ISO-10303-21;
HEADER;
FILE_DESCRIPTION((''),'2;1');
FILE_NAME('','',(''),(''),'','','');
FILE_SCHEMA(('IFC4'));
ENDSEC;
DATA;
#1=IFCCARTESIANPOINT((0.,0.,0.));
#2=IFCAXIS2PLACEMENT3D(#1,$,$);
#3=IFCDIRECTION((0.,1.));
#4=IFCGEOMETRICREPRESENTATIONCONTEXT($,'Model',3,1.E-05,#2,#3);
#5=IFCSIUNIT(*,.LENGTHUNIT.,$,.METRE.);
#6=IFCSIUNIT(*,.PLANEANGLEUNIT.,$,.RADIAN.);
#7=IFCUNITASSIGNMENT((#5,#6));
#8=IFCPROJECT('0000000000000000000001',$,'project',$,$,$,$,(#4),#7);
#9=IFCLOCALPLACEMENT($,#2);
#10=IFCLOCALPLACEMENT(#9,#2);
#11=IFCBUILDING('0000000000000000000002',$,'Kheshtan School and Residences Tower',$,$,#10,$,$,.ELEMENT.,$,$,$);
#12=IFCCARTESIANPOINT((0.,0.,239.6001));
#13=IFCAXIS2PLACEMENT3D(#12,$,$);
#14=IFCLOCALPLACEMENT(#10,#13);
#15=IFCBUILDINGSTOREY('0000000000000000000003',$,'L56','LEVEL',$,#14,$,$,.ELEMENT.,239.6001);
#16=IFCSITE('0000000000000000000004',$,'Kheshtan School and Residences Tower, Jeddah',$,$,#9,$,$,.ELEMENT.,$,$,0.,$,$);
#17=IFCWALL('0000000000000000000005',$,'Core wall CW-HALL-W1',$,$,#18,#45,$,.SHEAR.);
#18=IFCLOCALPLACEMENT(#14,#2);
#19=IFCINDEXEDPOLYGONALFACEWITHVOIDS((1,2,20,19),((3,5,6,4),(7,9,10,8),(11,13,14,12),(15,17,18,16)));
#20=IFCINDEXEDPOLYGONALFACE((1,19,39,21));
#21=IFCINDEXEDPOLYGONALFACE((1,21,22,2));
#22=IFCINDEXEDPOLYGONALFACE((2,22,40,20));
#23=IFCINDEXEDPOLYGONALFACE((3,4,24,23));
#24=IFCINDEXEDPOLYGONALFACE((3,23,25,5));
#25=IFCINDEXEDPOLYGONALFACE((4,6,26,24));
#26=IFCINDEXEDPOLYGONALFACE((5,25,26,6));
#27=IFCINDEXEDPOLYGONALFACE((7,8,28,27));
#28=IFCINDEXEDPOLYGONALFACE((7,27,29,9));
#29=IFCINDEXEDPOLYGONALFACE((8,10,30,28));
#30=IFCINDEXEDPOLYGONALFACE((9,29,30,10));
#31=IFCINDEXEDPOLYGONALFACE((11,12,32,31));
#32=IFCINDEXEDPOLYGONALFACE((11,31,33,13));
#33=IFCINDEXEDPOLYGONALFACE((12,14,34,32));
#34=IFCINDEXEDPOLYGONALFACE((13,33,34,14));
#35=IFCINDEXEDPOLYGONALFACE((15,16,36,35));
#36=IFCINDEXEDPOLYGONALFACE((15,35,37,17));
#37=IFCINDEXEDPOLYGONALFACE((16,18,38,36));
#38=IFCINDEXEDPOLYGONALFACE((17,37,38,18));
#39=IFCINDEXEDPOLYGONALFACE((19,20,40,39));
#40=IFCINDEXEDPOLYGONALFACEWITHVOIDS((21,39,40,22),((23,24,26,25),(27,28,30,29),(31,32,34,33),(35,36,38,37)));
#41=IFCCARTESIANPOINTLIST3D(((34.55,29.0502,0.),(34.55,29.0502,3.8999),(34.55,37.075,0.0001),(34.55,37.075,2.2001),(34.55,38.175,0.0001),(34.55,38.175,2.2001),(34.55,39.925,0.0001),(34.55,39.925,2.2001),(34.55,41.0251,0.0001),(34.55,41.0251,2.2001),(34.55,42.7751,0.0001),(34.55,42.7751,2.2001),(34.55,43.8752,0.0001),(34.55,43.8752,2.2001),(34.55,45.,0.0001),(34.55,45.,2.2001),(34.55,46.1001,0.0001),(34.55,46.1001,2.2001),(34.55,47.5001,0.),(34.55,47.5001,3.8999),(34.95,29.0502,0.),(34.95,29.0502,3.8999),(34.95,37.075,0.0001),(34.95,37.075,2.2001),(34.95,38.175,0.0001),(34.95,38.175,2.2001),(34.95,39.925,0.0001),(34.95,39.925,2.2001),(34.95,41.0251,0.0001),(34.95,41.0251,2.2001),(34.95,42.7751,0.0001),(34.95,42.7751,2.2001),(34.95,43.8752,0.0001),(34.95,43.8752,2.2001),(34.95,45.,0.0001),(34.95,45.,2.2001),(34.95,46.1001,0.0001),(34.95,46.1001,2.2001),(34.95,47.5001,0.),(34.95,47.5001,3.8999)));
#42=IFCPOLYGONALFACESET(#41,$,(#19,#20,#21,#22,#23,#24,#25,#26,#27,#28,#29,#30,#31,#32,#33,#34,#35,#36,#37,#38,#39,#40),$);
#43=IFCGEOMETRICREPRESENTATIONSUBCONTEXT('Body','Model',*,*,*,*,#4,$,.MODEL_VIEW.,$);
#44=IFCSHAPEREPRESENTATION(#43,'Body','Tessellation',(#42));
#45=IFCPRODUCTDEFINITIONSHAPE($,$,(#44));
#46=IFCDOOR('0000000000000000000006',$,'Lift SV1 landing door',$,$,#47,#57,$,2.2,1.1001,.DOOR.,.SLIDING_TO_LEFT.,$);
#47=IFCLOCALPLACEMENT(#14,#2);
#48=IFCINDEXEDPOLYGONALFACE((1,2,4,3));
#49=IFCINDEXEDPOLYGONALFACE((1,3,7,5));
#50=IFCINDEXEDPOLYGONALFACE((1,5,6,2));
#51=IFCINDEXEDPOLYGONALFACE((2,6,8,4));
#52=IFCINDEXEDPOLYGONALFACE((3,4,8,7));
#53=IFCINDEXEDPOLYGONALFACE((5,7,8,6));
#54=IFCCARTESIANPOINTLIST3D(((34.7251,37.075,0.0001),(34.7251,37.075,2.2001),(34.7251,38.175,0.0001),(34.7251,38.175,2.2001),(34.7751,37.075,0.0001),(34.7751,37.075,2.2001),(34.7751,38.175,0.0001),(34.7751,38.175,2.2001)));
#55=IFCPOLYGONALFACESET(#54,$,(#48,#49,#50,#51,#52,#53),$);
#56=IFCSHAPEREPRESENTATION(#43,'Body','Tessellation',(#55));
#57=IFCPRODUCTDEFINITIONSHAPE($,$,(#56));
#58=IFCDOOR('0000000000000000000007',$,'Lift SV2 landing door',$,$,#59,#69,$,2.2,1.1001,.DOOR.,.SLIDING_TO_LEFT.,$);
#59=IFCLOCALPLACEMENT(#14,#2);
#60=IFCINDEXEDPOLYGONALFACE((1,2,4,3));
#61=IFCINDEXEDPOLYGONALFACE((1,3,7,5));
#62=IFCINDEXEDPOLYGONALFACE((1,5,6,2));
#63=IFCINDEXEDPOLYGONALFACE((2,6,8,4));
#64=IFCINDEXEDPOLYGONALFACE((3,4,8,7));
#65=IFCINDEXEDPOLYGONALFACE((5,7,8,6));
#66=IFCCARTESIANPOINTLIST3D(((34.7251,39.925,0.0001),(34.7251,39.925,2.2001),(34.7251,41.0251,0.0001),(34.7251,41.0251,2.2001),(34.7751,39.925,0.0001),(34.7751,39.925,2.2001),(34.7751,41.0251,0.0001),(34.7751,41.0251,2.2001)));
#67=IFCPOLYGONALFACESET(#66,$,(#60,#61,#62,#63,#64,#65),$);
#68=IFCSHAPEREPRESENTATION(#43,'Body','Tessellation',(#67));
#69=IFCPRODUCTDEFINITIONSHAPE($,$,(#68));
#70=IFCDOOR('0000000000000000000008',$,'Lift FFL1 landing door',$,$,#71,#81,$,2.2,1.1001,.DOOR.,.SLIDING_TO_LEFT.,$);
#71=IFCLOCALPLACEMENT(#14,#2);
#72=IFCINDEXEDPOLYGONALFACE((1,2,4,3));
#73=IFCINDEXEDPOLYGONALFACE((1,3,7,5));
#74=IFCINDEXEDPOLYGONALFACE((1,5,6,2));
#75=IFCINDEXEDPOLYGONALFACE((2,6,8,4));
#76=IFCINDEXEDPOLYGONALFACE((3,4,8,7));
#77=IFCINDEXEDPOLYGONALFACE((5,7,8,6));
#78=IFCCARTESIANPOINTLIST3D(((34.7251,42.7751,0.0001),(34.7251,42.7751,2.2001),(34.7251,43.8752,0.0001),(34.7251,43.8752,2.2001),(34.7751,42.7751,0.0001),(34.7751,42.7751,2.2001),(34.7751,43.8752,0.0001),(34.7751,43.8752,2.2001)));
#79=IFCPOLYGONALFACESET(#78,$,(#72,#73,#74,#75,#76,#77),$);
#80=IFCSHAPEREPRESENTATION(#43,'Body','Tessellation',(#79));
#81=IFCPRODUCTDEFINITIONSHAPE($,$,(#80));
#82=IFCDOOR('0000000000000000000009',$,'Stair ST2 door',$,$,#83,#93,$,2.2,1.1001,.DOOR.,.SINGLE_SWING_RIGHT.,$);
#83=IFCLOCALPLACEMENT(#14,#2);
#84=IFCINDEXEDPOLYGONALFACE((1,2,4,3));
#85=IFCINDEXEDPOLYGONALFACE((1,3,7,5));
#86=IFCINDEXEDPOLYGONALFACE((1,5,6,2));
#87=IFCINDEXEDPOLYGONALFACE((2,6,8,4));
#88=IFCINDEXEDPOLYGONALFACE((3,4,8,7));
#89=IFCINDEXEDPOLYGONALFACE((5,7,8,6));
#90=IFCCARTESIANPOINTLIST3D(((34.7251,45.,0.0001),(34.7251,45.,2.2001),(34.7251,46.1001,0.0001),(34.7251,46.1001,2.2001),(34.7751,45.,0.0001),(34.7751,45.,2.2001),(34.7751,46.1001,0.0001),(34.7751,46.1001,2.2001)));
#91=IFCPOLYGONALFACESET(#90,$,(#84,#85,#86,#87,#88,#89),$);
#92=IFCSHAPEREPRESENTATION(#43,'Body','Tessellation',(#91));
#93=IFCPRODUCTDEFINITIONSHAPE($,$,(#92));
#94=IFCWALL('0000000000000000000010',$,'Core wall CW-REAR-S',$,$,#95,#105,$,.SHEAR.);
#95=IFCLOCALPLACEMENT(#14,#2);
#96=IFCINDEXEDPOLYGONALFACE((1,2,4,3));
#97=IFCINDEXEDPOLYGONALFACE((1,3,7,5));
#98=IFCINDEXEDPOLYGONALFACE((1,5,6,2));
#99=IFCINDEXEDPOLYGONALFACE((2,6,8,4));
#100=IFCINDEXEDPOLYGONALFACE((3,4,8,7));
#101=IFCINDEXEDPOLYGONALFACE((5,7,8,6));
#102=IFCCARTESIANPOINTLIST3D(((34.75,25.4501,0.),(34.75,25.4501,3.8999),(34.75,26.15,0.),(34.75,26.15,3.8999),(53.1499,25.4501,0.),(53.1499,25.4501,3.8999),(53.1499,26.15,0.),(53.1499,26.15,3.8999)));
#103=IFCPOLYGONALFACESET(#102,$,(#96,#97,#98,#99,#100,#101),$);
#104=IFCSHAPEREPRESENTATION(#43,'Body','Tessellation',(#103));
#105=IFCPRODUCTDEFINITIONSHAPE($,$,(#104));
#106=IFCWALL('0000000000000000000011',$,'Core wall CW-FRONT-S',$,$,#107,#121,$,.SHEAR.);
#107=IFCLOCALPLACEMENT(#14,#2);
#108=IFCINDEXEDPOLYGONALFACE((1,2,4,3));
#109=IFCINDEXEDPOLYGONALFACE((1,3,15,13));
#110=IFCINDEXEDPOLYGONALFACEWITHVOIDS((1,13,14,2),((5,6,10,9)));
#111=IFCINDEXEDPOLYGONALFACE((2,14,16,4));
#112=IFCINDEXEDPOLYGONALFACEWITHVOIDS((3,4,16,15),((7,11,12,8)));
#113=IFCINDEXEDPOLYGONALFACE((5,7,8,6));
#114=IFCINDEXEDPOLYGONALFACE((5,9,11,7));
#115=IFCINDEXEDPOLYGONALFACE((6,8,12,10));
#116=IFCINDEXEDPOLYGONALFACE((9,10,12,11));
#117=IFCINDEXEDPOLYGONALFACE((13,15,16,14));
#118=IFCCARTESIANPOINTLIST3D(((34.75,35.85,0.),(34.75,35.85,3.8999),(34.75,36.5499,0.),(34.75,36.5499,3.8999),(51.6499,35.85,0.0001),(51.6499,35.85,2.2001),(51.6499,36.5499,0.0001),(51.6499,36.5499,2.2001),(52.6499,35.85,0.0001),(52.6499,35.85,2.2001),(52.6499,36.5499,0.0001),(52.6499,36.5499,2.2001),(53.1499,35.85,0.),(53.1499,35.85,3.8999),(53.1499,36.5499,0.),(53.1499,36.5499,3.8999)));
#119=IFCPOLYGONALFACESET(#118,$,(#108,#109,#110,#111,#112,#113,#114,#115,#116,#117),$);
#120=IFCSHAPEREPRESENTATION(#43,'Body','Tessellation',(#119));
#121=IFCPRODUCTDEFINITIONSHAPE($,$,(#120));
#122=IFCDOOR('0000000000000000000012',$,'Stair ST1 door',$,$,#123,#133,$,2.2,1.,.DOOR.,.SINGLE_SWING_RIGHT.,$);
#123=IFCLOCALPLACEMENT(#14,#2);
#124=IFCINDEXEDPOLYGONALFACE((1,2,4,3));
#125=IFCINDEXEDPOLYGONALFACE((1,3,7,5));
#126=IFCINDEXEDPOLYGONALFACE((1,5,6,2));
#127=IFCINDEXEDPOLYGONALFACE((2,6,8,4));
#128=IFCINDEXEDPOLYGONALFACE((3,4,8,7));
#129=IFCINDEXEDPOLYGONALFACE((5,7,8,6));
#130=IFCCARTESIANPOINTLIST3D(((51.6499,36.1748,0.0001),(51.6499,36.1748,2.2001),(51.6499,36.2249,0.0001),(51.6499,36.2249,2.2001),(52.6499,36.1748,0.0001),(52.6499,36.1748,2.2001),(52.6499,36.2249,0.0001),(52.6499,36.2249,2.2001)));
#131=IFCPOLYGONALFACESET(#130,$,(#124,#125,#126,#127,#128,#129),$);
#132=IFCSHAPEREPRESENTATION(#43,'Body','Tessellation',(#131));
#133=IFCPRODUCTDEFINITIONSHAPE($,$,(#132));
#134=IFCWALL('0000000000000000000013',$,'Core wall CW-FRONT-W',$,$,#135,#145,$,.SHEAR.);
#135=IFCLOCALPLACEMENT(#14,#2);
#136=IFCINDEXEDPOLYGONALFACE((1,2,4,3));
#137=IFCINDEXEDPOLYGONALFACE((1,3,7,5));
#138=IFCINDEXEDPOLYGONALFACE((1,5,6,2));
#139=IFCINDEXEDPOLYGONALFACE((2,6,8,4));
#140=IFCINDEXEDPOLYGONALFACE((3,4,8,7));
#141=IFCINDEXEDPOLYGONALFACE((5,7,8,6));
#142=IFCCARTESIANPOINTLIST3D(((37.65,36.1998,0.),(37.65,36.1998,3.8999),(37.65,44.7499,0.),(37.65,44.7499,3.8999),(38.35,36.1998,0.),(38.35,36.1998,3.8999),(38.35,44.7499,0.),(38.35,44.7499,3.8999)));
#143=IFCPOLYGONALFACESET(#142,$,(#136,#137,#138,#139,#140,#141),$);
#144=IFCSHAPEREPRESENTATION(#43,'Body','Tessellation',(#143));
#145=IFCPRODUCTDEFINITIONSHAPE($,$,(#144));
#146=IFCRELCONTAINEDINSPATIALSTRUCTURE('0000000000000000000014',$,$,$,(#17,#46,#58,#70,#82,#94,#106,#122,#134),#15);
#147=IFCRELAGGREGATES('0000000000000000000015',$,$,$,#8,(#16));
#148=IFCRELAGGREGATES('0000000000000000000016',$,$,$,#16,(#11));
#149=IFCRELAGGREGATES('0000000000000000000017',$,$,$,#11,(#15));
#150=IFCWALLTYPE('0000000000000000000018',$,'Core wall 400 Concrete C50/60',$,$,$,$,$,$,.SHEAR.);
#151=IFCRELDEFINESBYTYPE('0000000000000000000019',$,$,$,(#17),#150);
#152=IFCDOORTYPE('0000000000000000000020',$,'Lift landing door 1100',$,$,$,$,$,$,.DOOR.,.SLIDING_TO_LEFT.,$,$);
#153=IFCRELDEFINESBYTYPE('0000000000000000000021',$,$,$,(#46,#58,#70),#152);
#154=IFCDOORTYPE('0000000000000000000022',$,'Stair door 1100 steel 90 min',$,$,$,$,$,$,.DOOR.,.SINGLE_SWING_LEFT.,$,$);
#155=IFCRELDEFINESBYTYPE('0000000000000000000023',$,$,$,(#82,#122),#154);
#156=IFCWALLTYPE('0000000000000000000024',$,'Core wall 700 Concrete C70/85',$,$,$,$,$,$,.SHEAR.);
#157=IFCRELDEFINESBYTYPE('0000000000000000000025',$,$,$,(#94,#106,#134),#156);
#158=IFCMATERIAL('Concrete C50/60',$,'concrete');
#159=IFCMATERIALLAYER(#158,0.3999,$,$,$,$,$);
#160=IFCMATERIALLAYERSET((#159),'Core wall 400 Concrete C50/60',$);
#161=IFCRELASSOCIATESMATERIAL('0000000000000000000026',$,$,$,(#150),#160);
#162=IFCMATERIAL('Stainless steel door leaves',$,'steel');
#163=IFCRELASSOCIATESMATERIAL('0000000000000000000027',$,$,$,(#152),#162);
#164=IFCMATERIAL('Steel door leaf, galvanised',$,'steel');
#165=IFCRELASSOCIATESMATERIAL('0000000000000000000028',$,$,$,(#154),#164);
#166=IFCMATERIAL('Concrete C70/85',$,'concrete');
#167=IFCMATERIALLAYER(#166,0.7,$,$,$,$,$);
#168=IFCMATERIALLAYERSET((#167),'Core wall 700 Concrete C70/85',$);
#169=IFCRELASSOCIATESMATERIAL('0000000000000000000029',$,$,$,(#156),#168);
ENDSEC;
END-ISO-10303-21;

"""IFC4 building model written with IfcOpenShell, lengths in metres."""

from ifc_helpers import new_model, si_unit, direction, frame, frame_2d, origin, place, context, subcontext, project, spatial, rectangle, extrude, source, transform, mapped, material, layer, layer_set, type_object, element, fill, save


model = new_model("IFC4")

# Units and contexts
model_context = context("Model", 3, precision=1e-05, world=origin(), true_north=direction((0.0, 1.0)))
body_context = subcontext(model_context, "Body", "Model", "MODEL_VIEW")
ifc_project = project(units=[si_unit("LENGTHUNIT", "METRE"), si_unit("PLANEANGLEUNIT", "RADIAN")], contexts=[model_context])

# Site, building, storey
site_placement = place(None, origin())
site = spatial("IfcSite", under=ifc_project, at=site_placement, Name="Kheshtan School and Residences Tower, Jeddah", CompositionType="ELEMENT", RefElevation=0.0)
building_placement = place(site_placement, origin())
building = spatial("IfcBuilding", under=site, at=building_placement, Name="Kheshtan School and Residences Tower", CompositionType="ELEMENT")
storey_placement = place(building_placement, frame((0.0, 0.0, 239.6001)))
storey = spatial("IfcBuildingStorey", under=building, at=storey_placement, Name="L56", Description="LEVEL", CompositionType="ELEMENT", Elevation=239.6001)

# Shared definitions
ifc_material_1 = material(Name="Concrete C50/60", Category="concrete")
ifc_layer_1 = layer(ifc_material_1, 0.3999)
ifc_layer_set_1 = layer_set([ifc_layer_1], Name="Core wall 400 Concrete C50/60")
wall_type_1 = type_object("IfcWallType", Name="Core wall 400 Concrete C50/60", PredefinedType="SHEAR", material=ifc_layer_set_1)
ifc_material_2 = material(Name="Stainless steel door leaves", Category="steel")
door_type_1 = type_object("IfcDoorType", Name="Lift landing door 1100", OperationType="SLIDING_TO_LEFT", PredefinedType="DOOR", material=ifc_material_2)
shared_shape_1 = source(origin(), body_context, "Body", "SweptSolid", [
    extrude(rectangle(XDim=1.1001, YDim=2.2, at=frame_2d((0.55, 1.1001))), frame((0.0, 0.0249, 0.0), z_axis=(0.0, -1.0, 0.0), x_axis=(1.0, 0.0, 0.0)), (0.0, 0.0, 1.0), 0.05),
])

# Wall, openings, doors
wall_1_placement = place(storey_placement, frame((34.75, 29.05, 0.0), z_axis=(0.0, 0.0, 1.0), x_axis=(0.0, 1.0, 0.0)))
wall_1 = element("IfcWall", 1, at=wall_1_placement, inside=storey, type_object=wall_type_1, Name="Core wall CW-HALL-W1", PredefinedType="SHEAR", context=body_context, shape_type="SweptSolid", body=[
    extrude(rectangle(XDim=18.45, YDim=0.3999, at=frame_2d((9.2251, 0.0))), origin(), (0.0, 0.0, 1.0), 3.8999),
])
opening_1_placement = place(wall_1_placement, frame((8.0249, 0.0, 0.0)))
opening_1 = element("IfcOpeningElement", 2, at=opening_1_placement, cuts=wall_1, PredefinedType="OPENING", context=body_context, shape_type="SweptSolid", body=[
    extrude(rectangle(XDim=1.1001, YDim=2.2, at=frame_2d((0.55, 1.1001))), frame((0.0, 0.21, 0.0), z_axis=(0.0, -1.0, 0.0), x_axis=(1.0, 0.0, 0.0)), (0.0, 0.0, 1.0), 0.4199),
])
opening_2_placement = place(wall_1_placement, frame((10.875, 0.0, 0.0)))
opening_2 = element("IfcOpeningElement", 3, at=opening_2_placement, cuts=wall_1, PredefinedType="OPENING", context=body_context, shape_type="SweptSolid", body=[
    extrude(rectangle(XDim=1.1001, YDim=2.2, at=frame_2d((0.55, 1.1001))), frame((0.0, 0.21, 0.0), z_axis=(0.0, -1.0, 0.0), x_axis=(1.0, 0.0, 0.0)), (0.0, 0.0, 1.0), 0.4199),
])
opening_3_placement = place(wall_1_placement, frame((13.7251, 0.0, 0.0)))
opening_3 = element("IfcOpeningElement", 4, at=opening_3_placement, cuts=wall_1, PredefinedType="OPENING", context=body_context, shape_type="SweptSolid", body=[
    extrude(rectangle(XDim=1.1001, YDim=2.2, at=frame_2d((0.55, 1.1001))), frame((0.0, 0.21, 0.0), z_axis=(0.0, -1.0, 0.0), x_axis=(1.0, 0.0, 0.0)), (0.0, 0.0, 1.0), 0.4199),
])
opening_4_placement = place(wall_1_placement, frame((15.95, 0.0, 0.0)))
opening_4 = element("IfcOpeningElement", 5, at=opening_4_placement, cuts=wall_1, PredefinedType="OPENING", context=body_context, shape_type="SweptSolid", body=[
    extrude(rectangle(XDim=1.1001, YDim=2.2, at=frame_2d((0.55, 1.1001))), frame((0.0, 0.21, 0.0), z_axis=(0.0, -1.0, 0.0), x_axis=(1.0, 0.0, 0.0)), (0.0, 0.0, 1.0), 0.4199),
])
door_1_placement = place(opening_1_placement, origin())
door_1 = element("IfcDoor", 6, at=door_1_placement, inside=storey, type_object=door_type_1, Name="Lift SV1 landing door", OperationType="SLIDING_TO_LEFT", OverallHeight=2.2, OverallWidth=1.1001, PredefinedType="DOOR", context=body_context, shape_type="MappedRepresentation", body=[
    mapped(shared_shape_1, transform((0.0, 0.0, 0.0), x_axis=(1.0, 0.0, 0.0), y_axis=(0.0, 1.0, 0.0), z_axis=(0.0, 0.0, 1.0), scale=1.0)),
])
fill(opening_1, door_1)
door_2_placement = place(opening_2_placement, origin())
door_2 = element("IfcDoor", 7, at=door_2_placement, inside=storey, type_object=door_type_1, Name="Lift SV2 landing door", OperationType="SLIDING_TO_LEFT", OverallHeight=2.2, OverallWidth=1.1001, PredefinedType="DOOR", context=body_context, shape_type="MappedRepresentation", body=[
    mapped(shared_shape_1, transform((0.0, 0.0, 0.0), x_axis=(1.0, 0.0, 0.0), y_axis=(0.0, 1.0, 0.0), z_axis=(0.0, 0.0, 1.0), scale=1.0)),
])
fill(opening_2, door_2)
door_3_placement = place(opening_3_placement, origin())
door_3 = element("IfcDoor", 8, at=door_3_placement, inside=storey, type_object=door_type_1, Name="Lift FFL1 landing door", OperationType="SLIDING_TO_LEFT", OverallHeight=2.2, OverallWidth=1.1001, PredefinedType="DOOR", context=body_context, shape_type="MappedRepresentation", body=[
    mapped(shared_shape_1, transform((0.0, 0.0, 0.0), x_axis=(1.0, 0.0, 0.0), y_axis=(0.0, 1.0, 0.0), z_axis=(0.0, 0.0, 1.0), scale=1.0)),
])
fill(opening_3, door_3)
ifc_material_3 = material(Name="Steel door leaf, galvanised", Category="steel")
door_type_2 = type_object("IfcDoorType", Name="Stair door 1100 steel 90 min", OperationType="SINGLE_SWING_LEFT", PredefinedType="DOOR", material=ifc_material_3)
shared_shape_2 = source(origin(), body_context, "Body", "SweptSolid", [
    extrude(rectangle(XDim=1.1001, YDim=2.2, at=frame_2d((0.55, 1.1001))), frame((0.0, 0.0249, 0.0), z_axis=(0.0, -1.0, 0.0), x_axis=(1.0, 0.0, 0.0)), (0.0, 0.0, 1.0), 0.05),
])
door_4_placement = place(opening_4_placement, origin())
door_4 = element("IfcDoor", 9, at=door_4_placement, inside=storey, type_object=door_type_2, Name="Stair ST2 door", OperationType="SINGLE_SWING_RIGHT", OverallHeight=2.2, OverallWidth=1.1001, PredefinedType="DOOR", context=body_context, shape_type="MappedRepresentation", body=[
    mapped(shared_shape_2, transform((0.0, 0.0, 0.0), x_axis=(1.0, 0.0, 0.0), y_axis=(0.0, 1.0, 0.0), z_axis=(0.0, 0.0, 1.0), scale=1.0)),
])
fill(opening_4, door_4)

# Wall
ifc_material_4 = material(Name="Concrete C70/85", Category="concrete")
ifc_layer_2 = layer(ifc_material_4, 0.7)
ifc_layer_set_2 = layer_set([ifc_layer_2], Name="Core wall 700 Concrete C70/85")
wall_type_2 = type_object("IfcWallType", Name="Core wall 700 Concrete C70/85", PredefinedType="SHEAR", material=ifc_layer_set_2)
wall_2_placement = place(storey_placement, frame((34.75, 25.8, 0.0), z_axis=(0.0, 0.0, 1.0), x_axis=(1.0, 0.0, 0.0)))
element("IfcWall", 10, at=wall_2_placement, inside=storey, type_object=wall_type_2, Name="Core wall CW-REAR-S", PredefinedType="SHEAR", context=body_context, shape_type="SweptSolid", body=[
    extrude(rectangle(XDim=18.3999, YDim=0.7, at=frame_2d((9.2, 0.0))), origin(), (0.0, 0.0, 1.0), 3.8999),
])

# Wall, opening, door
wall_3_placement = place(storey_placement, frame((34.75, 36.2, 0.0), z_axis=(0.0, 0.0, 1.0), x_axis=(1.0, 0.0, 0.0)))
wall_3 = element("IfcWall", 11, at=wall_3_placement, inside=storey, type_object=wall_type_2, Name="Core wall CW-FRONT-S", PredefinedType="SHEAR", context=body_context, shape_type="SweptSolid", body=[
    extrude(rectangle(XDim=18.3999, YDim=0.7, at=frame_2d((9.2, 0.0))), origin(), (0.0, 0.0, 1.0), 3.8999),
])
opening_5_placement = place(wall_3_placement, frame((16.8999, 0.0, 0.0)))
opening_5 = element("IfcOpeningElement", 12, at=opening_5_placement, cuts=wall_3, PredefinedType="OPENING", context=body_context, shape_type="SweptSolid", body=[
    extrude(rectangle(XDim=1.0, YDim=2.2, at=frame_2d((0.5, 1.1001))), frame((0.0, 0.3599, 0.0), z_axis=(0.0, -1.0, 0.0), x_axis=(1.0, 0.0, 0.0)), (0.0, 0.0, 1.0), 0.72),
])
shared_shape_3 = source(origin(), body_context, "Body", "SweptSolid", [
    extrude(rectangle(XDim=1.0, YDim=2.2, at=frame_2d((0.5, 1.1001))), frame((0.0, 0.0249, 0.0), z_axis=(0.0, -1.0, 0.0), x_axis=(1.0, 0.0, 0.0)), (0.0, 0.0, 1.0), 0.05),
])
door_5_placement = place(opening_5_placement, origin())
door_5 = element("IfcDoor", 13, at=door_5_placement, inside=storey, type_object=door_type_2, Name="Stair ST1 door", OperationType="SINGLE_SWING_RIGHT", OverallHeight=2.2, OverallWidth=1.0, PredefinedType="DOOR", context=body_context, shape_type="MappedRepresentation", body=[
    mapped(shared_shape_3, transform((0.0, 0.0, 0.0), x_axis=(1.0, 0.0, 0.0), y_axis=(0.0, 1.0, 0.0), z_axis=(0.0, 0.0, 1.0), scale=1.0)),
])
fill(opening_5, door_5)

# Wall
wall_4_placement = place(storey_placement, frame((38.0, 36.2, 0.0), z_axis=(0.0, 0.0, 1.0), x_axis=(0.0, 1.0, 0.0)))
element("IfcWall", 14, at=wall_4_placement, inside=storey, type_object=wall_type_2, Name="Core wall CW-FRONT-W", PredefinedType="SHEAR", context=body_context, shape_type="SweptSolid", body=[
    extrude(rectangle(XDim=8.55, YDim=0.7, at=frame_2d((4.2749, 0.0))), origin(), (0.0, 0.0, 1.0), 3.8999),
])

save(model, "model.ifc")
